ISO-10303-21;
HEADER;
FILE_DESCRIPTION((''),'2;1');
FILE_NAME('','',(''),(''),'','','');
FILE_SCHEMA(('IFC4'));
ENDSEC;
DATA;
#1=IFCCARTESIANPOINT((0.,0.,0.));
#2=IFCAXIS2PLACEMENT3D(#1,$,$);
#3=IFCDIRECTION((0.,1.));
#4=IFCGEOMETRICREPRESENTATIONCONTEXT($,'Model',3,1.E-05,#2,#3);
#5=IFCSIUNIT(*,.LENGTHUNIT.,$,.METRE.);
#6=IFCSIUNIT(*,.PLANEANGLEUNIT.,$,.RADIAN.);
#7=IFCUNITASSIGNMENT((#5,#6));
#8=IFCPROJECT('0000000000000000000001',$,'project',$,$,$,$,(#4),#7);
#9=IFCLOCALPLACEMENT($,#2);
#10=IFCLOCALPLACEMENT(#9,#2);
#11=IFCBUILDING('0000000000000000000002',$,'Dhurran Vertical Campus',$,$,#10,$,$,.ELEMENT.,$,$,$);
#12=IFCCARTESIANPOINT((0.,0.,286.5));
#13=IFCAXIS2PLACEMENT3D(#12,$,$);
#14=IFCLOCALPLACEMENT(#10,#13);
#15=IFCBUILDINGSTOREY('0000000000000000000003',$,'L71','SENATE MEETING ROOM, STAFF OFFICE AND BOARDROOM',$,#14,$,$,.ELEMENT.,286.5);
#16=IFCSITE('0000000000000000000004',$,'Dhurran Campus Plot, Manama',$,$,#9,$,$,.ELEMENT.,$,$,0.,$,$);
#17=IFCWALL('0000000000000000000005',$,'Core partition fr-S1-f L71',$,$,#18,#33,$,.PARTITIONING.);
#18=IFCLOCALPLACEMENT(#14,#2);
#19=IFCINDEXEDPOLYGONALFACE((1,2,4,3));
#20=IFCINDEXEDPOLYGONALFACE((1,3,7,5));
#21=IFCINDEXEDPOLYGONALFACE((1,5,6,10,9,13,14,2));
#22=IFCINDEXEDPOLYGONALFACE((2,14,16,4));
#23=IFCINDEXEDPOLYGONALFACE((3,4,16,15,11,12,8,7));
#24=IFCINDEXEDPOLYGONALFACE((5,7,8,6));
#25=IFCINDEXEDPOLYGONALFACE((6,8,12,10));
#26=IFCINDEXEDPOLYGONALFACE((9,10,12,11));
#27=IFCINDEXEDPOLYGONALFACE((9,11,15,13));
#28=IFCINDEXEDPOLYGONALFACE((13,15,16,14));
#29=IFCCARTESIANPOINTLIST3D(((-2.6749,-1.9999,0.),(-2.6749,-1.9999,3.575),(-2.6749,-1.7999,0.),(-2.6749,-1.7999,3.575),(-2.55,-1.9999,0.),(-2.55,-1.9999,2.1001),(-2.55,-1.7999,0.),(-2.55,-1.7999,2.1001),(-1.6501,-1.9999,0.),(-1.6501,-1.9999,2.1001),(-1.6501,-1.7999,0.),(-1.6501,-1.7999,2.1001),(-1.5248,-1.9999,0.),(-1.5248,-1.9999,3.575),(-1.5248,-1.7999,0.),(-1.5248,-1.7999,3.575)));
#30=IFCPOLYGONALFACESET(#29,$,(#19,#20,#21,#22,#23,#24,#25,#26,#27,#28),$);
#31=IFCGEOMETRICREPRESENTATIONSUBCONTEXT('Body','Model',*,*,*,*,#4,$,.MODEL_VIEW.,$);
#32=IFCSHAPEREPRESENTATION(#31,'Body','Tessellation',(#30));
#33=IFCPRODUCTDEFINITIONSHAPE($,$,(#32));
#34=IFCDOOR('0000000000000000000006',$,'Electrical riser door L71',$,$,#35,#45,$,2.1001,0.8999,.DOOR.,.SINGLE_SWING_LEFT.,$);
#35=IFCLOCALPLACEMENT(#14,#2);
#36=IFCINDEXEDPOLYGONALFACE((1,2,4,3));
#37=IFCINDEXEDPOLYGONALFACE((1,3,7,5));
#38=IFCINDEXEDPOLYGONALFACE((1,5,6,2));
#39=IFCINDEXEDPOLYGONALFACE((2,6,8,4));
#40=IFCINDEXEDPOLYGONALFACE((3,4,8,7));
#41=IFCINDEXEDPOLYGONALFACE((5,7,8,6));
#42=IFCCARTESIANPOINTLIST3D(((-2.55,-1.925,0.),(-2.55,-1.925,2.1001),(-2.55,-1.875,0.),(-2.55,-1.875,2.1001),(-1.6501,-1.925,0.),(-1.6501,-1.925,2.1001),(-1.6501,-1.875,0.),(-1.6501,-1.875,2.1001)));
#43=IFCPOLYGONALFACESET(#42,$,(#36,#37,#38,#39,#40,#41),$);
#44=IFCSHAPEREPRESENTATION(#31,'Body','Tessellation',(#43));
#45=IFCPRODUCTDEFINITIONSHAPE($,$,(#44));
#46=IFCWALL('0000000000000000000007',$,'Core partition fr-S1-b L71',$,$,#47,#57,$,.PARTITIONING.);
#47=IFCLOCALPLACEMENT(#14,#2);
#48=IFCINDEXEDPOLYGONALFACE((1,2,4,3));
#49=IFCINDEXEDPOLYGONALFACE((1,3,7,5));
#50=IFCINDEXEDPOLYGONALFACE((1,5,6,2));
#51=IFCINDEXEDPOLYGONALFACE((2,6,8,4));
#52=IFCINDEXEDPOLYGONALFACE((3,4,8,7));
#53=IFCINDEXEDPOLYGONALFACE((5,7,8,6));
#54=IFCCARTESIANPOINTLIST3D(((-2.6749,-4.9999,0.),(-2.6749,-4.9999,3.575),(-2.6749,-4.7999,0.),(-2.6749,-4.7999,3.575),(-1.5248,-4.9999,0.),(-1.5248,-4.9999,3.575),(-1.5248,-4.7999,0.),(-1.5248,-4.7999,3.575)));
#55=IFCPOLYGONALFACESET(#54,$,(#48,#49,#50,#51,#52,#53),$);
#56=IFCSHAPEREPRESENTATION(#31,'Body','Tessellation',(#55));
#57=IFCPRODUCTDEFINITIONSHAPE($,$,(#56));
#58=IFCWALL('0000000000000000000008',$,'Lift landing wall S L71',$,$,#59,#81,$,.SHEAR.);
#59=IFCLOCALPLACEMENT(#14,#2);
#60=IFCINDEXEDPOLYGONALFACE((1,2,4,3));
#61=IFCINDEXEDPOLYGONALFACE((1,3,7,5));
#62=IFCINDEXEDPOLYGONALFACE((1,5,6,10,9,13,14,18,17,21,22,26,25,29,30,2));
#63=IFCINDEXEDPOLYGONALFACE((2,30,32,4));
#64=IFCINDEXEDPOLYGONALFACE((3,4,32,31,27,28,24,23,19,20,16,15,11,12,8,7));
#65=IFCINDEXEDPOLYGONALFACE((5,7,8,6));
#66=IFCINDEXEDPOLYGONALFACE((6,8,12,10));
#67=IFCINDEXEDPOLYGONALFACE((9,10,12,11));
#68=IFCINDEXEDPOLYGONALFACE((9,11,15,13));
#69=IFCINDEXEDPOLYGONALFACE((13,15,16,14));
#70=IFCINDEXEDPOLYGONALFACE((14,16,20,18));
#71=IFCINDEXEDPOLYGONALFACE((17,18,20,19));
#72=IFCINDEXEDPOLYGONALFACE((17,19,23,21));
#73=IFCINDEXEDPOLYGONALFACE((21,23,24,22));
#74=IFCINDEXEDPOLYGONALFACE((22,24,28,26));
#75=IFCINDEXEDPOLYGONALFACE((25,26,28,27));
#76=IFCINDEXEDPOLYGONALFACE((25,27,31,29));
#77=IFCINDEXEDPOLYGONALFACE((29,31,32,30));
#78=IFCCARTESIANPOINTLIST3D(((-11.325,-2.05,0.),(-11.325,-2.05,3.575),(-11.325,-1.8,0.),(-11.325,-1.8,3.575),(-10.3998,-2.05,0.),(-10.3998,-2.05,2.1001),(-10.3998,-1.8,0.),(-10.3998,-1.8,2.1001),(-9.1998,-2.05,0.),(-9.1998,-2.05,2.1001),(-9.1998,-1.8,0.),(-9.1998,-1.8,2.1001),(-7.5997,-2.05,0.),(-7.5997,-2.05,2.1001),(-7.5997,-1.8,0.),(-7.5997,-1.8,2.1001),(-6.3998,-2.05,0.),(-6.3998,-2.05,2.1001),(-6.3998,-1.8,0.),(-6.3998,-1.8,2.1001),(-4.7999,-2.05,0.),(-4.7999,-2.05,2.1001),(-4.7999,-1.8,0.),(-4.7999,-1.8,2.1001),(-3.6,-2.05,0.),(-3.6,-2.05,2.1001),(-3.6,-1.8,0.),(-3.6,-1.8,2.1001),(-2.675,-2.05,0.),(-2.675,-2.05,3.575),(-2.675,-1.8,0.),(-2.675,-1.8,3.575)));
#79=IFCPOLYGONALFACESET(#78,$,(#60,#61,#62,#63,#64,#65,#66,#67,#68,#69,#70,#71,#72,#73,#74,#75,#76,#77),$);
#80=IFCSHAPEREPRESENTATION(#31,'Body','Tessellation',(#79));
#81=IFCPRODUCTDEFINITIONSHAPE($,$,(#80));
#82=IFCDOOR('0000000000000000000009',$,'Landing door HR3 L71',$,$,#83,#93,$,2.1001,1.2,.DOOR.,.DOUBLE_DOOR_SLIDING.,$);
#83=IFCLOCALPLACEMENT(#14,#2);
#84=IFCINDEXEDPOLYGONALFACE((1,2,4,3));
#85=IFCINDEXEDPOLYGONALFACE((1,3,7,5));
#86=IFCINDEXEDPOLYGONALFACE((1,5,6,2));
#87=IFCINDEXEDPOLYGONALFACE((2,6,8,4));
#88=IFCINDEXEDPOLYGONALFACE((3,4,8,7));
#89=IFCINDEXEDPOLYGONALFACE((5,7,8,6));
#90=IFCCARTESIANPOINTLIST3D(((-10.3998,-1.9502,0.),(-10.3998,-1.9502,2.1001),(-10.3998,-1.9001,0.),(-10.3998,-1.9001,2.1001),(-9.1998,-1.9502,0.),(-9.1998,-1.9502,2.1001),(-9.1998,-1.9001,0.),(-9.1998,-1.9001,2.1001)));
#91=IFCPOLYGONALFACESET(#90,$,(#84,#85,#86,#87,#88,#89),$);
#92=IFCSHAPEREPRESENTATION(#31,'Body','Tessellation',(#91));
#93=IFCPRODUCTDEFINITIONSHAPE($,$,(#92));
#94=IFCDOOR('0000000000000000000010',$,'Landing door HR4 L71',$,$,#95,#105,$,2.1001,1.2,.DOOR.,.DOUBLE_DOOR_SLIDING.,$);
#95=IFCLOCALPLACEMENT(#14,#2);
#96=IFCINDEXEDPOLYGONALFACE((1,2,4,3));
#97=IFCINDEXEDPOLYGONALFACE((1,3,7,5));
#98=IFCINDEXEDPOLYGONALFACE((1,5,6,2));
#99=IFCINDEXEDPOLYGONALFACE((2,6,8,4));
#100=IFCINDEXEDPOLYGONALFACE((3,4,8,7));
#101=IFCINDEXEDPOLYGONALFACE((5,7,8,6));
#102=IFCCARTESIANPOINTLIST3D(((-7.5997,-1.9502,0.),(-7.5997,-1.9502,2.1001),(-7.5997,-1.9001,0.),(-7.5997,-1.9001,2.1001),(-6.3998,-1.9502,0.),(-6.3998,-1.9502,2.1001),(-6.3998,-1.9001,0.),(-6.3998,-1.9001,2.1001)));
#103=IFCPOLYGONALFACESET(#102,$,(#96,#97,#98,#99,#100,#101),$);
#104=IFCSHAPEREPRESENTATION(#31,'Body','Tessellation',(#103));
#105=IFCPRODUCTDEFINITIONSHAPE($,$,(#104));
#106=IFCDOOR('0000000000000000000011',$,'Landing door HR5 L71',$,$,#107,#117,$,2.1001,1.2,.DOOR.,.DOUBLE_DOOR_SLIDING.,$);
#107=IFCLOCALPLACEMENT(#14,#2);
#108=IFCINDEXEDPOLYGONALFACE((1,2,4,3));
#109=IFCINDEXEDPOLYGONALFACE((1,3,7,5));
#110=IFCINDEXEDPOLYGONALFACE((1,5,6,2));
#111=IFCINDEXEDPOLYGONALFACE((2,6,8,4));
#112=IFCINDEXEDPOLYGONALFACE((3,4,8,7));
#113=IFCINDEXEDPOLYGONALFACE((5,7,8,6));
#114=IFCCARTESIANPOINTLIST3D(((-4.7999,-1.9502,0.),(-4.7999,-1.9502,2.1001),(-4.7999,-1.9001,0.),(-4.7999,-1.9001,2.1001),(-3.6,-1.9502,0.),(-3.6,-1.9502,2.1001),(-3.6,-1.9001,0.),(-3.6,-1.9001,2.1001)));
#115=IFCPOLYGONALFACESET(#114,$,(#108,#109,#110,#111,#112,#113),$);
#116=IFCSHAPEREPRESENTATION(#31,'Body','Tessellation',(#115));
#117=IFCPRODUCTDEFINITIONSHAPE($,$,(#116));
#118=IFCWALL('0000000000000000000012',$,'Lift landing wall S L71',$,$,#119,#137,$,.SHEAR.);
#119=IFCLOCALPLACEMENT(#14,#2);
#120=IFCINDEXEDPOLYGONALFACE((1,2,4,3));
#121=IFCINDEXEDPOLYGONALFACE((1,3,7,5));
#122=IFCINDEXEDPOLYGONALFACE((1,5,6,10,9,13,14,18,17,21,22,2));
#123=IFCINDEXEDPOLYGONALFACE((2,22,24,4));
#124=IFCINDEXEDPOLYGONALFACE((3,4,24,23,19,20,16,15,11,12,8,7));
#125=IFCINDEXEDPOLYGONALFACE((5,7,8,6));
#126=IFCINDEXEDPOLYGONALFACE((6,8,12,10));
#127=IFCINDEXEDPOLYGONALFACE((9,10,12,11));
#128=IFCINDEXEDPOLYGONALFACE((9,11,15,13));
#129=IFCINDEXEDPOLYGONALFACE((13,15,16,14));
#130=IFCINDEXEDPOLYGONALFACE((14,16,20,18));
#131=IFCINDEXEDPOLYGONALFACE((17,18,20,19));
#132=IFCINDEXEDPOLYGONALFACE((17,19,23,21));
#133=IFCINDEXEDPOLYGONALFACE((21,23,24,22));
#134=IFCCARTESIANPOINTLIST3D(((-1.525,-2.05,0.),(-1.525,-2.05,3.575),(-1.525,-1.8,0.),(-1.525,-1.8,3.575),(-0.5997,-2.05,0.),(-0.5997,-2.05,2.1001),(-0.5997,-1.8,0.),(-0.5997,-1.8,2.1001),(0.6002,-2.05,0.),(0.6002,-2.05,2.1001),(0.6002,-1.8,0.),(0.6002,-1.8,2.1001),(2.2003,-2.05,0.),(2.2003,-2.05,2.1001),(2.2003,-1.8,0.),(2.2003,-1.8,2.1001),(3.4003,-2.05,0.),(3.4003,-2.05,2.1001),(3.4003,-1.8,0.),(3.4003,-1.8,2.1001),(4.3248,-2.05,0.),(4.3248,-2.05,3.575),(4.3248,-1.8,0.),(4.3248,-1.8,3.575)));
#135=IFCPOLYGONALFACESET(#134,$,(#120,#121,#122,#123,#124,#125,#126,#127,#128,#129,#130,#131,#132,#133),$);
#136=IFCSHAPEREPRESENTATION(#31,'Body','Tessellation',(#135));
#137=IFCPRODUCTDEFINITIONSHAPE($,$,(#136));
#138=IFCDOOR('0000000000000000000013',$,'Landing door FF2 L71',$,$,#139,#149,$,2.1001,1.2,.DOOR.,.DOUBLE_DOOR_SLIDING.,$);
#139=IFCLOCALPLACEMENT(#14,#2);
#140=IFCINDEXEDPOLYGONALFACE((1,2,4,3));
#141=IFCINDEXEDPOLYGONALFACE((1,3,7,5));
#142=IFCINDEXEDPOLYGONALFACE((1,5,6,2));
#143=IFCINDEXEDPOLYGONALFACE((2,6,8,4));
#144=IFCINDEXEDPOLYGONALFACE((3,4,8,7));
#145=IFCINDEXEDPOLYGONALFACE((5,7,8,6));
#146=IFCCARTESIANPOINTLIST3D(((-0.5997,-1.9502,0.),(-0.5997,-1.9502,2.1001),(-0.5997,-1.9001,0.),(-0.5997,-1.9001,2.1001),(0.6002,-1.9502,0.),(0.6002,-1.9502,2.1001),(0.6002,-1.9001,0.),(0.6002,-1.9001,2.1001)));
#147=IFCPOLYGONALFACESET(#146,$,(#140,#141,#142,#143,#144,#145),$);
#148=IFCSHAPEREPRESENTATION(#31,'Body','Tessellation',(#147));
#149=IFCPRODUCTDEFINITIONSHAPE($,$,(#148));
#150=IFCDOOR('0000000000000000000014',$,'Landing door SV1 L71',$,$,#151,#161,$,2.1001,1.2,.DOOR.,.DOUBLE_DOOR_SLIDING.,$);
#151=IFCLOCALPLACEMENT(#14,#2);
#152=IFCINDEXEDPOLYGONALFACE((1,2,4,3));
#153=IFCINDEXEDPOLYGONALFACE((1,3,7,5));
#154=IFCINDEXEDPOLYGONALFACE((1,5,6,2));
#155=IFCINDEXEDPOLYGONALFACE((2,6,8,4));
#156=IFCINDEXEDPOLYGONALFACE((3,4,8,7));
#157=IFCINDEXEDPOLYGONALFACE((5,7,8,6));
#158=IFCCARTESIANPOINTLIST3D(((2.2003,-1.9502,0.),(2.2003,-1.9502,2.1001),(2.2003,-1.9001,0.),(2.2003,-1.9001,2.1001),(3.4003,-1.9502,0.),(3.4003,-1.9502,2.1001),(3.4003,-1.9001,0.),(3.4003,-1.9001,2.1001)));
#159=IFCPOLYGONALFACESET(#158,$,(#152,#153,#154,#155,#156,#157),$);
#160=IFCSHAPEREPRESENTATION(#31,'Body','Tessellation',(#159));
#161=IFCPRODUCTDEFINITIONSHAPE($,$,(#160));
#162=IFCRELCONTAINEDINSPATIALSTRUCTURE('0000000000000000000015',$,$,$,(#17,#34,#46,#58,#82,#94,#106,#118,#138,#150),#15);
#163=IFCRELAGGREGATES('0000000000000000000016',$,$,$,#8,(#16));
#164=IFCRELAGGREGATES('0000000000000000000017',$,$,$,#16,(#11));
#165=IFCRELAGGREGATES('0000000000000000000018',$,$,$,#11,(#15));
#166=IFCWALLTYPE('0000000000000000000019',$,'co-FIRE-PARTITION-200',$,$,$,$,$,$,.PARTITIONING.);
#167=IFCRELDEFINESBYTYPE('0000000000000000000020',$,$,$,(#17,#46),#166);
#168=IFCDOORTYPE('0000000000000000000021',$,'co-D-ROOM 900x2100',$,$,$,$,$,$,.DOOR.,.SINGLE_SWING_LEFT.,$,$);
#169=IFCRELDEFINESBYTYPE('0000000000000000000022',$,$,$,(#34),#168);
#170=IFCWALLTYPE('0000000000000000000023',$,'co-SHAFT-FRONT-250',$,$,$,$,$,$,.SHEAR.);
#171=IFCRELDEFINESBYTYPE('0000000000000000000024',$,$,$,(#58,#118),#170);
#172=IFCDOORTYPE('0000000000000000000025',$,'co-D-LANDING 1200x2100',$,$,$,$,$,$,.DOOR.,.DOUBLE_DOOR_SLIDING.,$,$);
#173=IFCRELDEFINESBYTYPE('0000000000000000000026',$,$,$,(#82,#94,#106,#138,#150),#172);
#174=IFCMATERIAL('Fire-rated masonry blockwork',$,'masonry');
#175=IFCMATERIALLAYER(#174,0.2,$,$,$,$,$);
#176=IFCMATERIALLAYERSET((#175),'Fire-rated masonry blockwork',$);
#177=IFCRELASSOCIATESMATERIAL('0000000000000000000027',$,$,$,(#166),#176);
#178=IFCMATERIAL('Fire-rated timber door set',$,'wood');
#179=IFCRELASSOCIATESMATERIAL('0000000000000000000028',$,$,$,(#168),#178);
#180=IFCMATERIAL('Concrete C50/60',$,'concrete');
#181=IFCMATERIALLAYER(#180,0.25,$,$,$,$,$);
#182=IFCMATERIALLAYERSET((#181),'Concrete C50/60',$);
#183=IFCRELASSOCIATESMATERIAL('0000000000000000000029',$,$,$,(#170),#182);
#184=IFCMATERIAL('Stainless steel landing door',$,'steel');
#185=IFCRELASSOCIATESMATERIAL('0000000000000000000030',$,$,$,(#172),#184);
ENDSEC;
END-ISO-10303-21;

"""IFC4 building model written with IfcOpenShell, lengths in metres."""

from ifc_helpers import new_model, si_unit, direction, frame, frame_2d, origin, place, context, subcontext, project, spatial, rectangle, extrude, material, layer, layer_set, type_object, element, fill, save


model = new_model("IFC4")

# Units and contexts
model_context = context("Model", 3, precision=1e-05, world=origin(), true_north=direction((0.0, 1.0)))
body_context = subcontext(model_context, "Body", "Model", "MODEL_VIEW")
ifc_project = project(units=[si_unit("LENGTHUNIT", "METRE"), si_unit("PLANEANGLEUNIT", "RADIAN")], contexts=[model_context])

# Site, building, storey
site_placement = place(None, origin())
site = spatial("IfcSite", under=ifc_project, at=site_placement, Name="Dhurran Campus Plot, Manama", CompositionType="ELEMENT", RefElevation=0.0)
building_placement = place(site_placement, origin())
building = spatial("IfcBuilding", under=site, at=building_placement, Name="Dhurran Vertical Campus", CompositionType="ELEMENT")
storey_placement = place(building_placement, frame((0.0, 0.0, 286.5)))
storey = spatial("IfcBuildingStorey", under=building, at=storey_placement, Name="L71", Description="SENATE MEETING ROOM, STAFF OFFICE AND BOARDROOM", CompositionType="ELEMENT", Elevation=286.5)

# Shared definitions
ifc_material_1 = material(Name="Fire-rated masonry blockwork", Category="masonry")
ifc_layer_1 = layer(ifc_material_1, 0.2)
ifc_layer_set_1 = layer_set([ifc_layer_1], Name="Fire-rated masonry blockwork")
wall_type_1 = type_object("IfcWallType", Name="co-FIRE-PARTITION-200", PredefinedType="PARTITIONING", material=ifc_layer_set_1)

# Wall, opening, door
wall_1_placement = place(storey_placement, frame((-2.675, -1.8999, 0.0), z_axis=(0.0, 0.0, 1.0), x_axis=(1.0, 0.0, 0.0)))
wall_1 = element("IfcWall", 1, at=wall_1_placement, inside=storey, type_object=wall_type_1, Name="Core partition fr-S1-f L71", PredefinedType="PARTITIONING", context=body_context, shape_type="SweptSolid", body=[
    extrude(rectangle(XDim=1.1501, YDim=0.2, at=frame_2d((0.5752, 0.0))), origin(), (0.0, 0.0, 1.0), 3.575),
])
opening_1_placement = place(wall_1_placement, frame((0.125, 0.0, 0.0)))
opening_1 = element("IfcOpeningElement", 2, at=opening_1_placement, cuts=wall_1, PredefinedType="OPENING", context=body_context, shape_type="SweptSolid", body=[
    extrude(rectangle(XDim=0.8999, YDim=2.1001, at=frame_2d((0.45, 1.05))), frame((0.0, 0.1099, 0.0), z_axis=(0.0, -1.0, 0.0), x_axis=(1.0, 0.0, 0.0)), (0.0, 0.0, 1.0), 0.22),
])
ifc_material_2 = material(Name="Fire-rated timber door set", Category="wood")
door_type_1 = type_object("IfcDoorType", Name="co-D-ROOM 900x2100", OperationType="SINGLE_SWING_LEFT", PredefinedType="DOOR", material=ifc_material_2)
door_1_placement = place(opening_1_placement, origin())
door_1 = element("IfcDoor", 3, at=door_1_placement, inside=storey, type_object=door_type_1, Name="Electrical riser door L71", OperationType="SINGLE_SWING_LEFT", OverallHeight=2.1001, OverallWidth=0.8999, PredefinedType="DOOR", context=body_context, shape_type="SweptSolid", body=[
    extrude(rectangle(XDim=0.8999, YDim=2.1001, at=frame_2d((0.45, 1.05))), frame((0.0, 0.0249, 0.0), z_axis=(0.0, -1.0, 0.0), x_axis=(1.0, 0.0, 0.0)), (0.0, 0.0, 1.0), 0.05),
])
fill(opening_1, door_1)

# Wall
wall_2_placement = place(storey_placement, frame((-2.675, -4.8999, 0.0), z_axis=(0.0, 0.0, 1.0), x_axis=(1.0, 0.0, 0.0)))
element("IfcWall", 4, at=wall_2_placement, inside=storey, type_object=wall_type_1, Name="Core partition fr-S1-b L71", PredefinedType="PARTITIONING", context=body_context, shape_type="SweptSolid", body=[
    extrude(rectangle(XDim=1.1501, YDim=0.2, at=frame_2d((0.5752, 0.0))), origin(), (0.0, 0.0, 1.0), 3.575),
])

# Walls, openings, doors
ifc_material_3 = material(Name="Concrete C50/60", Category="concrete")
ifc_layer_2 = layer(ifc_material_3, 0.25)
ifc_layer_set_2 = layer_set([ifc_layer_2], Name="Concrete C50/60")
wall_type_2 = type_object("IfcWallType", Name="co-SHAFT-FRONT-250", PredefinedType="SHEAR", material=ifc_layer_set_2)
wall_3_placement = place(storey_placement, frame((-11.325, -1.925, 0.0), z_axis=(0.0, 0.0, 1.0), x_axis=(1.0, 0.0, 0.0)))
wall_3 = element("IfcWall", 5, at=wall_3_placement, inside=storey, type_object=wall_type_2, Name="Lift landing wall S L71", PredefinedType="SHEAR", context=body_context, shape_type="SweptSolid", body=[
    extrude(rectangle(XDim=8.6499, YDim=0.25, at=frame_2d((4.325, 0.0))), origin(), (0.0, 0.0, 1.0), 3.575),
])
opening_2_placement = place(wall_3_placement, frame((0.925, 0.0, 0.0)))
opening_2 = element("IfcOpeningElement", 6, at=opening_2_placement, cuts=wall_3, PredefinedType="OPENING", context=body_context, shape_type="SweptSolid", body=[
    extrude(rectangle(XDim=1.2, YDim=2.1001, at=frame_2d((0.6001, 1.05))), frame((0.0, 0.135, 0.0), z_axis=(0.0, -1.0, 0.0), x_axis=(1.0, 0.0, 0.0)), (0.0, 0.0, 1.0), 0.27),
])
opening_3_placement = place(wall_3_placement, frame((3.7251, 0.0, 0.0)))
opening_3 = element("IfcOpeningElement", 7, at=opening_3_placement, cuts=wall_3, PredefinedType="OPENING", context=body_context, shape_type="SweptSolid", body=[
    extrude(rectangle(XDim=1.2, YDim=2.1001, at=frame_2d((0.6001, 1.05))), frame((0.0, 0.135, 0.0), z_axis=(0.0, -1.0, 0.0), x_axis=(1.0, 0.0, 0.0)), (0.0, 0.0, 1.0), 0.27),
])
opening_4_placement = place(wall_3_placement, frame((6.5249, 0.0, 0.0)))
opening_4 = element("IfcOpeningElement", 8, at=opening_4_placement, cuts=wall_3, PredefinedType="OPENING", context=body_context, shape_type="SweptSolid", body=[
    extrude(rectangle(XDim=1.2, YDim=2.1001, at=frame_2d((0.6001, 1.05))), frame((0.0, 0.135, 0.0), z_axis=(0.0, -1.0, 0.0), x_axis=(1.0, 0.0, 0.0)), (0.0, 0.0, 1.0), 0.27),
])
ifc_material_4 = material(Name="Stainless steel landing door", Category="steel")
door_type_2 = type_object("IfcDoorType", Name="co-D-LANDING 1200x2100", OperationType="DOUBLE_DOOR_SLIDING", PredefinedType="DOOR", material=ifc_material_4)
door_2_placement = place(opening_2_placement, origin())
door_2 = element("IfcDoor", 9, at=door_2_placement, inside=storey, type_object=door_type_2, Name="Landing door HR3 L71", OperationType="DOUBLE_DOOR_SLIDING", OverallHeight=2.1001, OverallWidth=1.2, PredefinedType="DOOR", context=body_context, shape_type="SweptSolid", body=[
    extrude(rectangle(XDim=1.2, YDim=2.1001, at=frame_2d((0.6001, 1.05))), frame((0.0, 0.0249, 0.0), z_axis=(0.0, -1.0, 0.0), x_axis=(1.0, 0.0, 0.0)), (0.0, 0.0, 1.0), 0.05),
])
fill(opening_2, door_2)
door_3_placement = place(opening_3_placement, origin())
door_3 = element("IfcDoor", 10, at=door_3_placement, inside=storey, type_object=door_type_2, Name="Landing door HR4 L71", OperationType="DOUBLE_DOOR_SLIDING", OverallHeight=2.1001, OverallWidth=1.2, PredefinedType="DOOR", context=body_context, shape_type="SweptSolid", body=[
    extrude(rectangle(XDim=1.2, YDim=2.1001, at=frame_2d((0.6001, 1.05))), frame((0.0, 0.0249, 0.0), z_axis=(0.0, -1.0, 0.0), x_axis=(1.0, 0.0, 0.0)), (0.0, 0.0, 1.0), 0.05),
])
fill(opening_3, door_3)
door_4_placement = place(opening_4_placement, origin())
door_4 = element("IfcDoor", 11, at=door_4_placement, inside=storey, type_object=door_type_2, Name="Landing door HR5 L71", OperationType="DOUBLE_DOOR_SLIDING", OverallHeight=2.1001, OverallWidth=1.2, PredefinedType="DOOR", context=body_context, shape_type="SweptSolid", body=[
    extrude(rectangle(XDim=1.2, YDim=2.1001, at=frame_2d((0.6001, 1.05))), frame((0.0, 0.0249, 0.0), z_axis=(0.0, -1.0, 0.0), x_axis=(1.0, 0.0, 0.0)), (0.0, 0.0, 1.0), 0.05),
])
fill(opening_4, door_4)
wall_4_placement = place(storey_placement, frame((-1.5249, -1.925, 0.0), z_axis=(0.0, 0.0, 1.0), x_axis=(1.0, 0.0, 0.0)))
wall_4 = element("IfcWall", 12, at=wall_4_placement, inside=storey, type_object=wall_type_2, Name="Lift landing wall S L71", PredefinedType="SHEAR", context=body_context, shape_type="SweptSolid", body=[
    extrude(rectangle(XDim=5.8499, YDim=0.25, at=frame_2d((2.9248, 0.0))), origin(), (0.0, 0.0, 1.0), 3.575),
])
opening_5_placement = place(wall_4_placement, frame((0.925, 0.0, 0.0)))
opening_5 = element("IfcOpeningElement", 13, at=opening_5_placement, cuts=wall_4, PredefinedType="OPENING", context=body_context, shape_type="SweptSolid", body=[
    extrude(rectangle(XDim=1.2, YDim=2.1001, at=frame_2d((0.6001, 1.05))), frame((0.0, 0.135, 0.0), z_axis=(0.0, -1.0, 0.0), x_axis=(1.0, 0.0, 0.0)), (0.0, 0.0, 1.0), 0.27),
])
opening_6_placement = place(wall_4_placement, frame((3.7251, 0.0, 0.0)))
opening_6 = element("IfcOpeningElement", 14, at=opening_6_placement, cuts=wall_4, PredefinedType="OPENING", context=body_context, shape_type="SweptSolid", body=[
    extrude(rectangle(XDim=1.2, YDim=2.1001, at=frame_2d((0.6001, 1.05))), frame((0.0, 0.135, 0.0), z_axis=(0.0, -1.0, 0.0), x_axis=(1.0, 0.0, 0.0)), (0.0, 0.0, 1.0), 0.27),
])
door_5_placement = place(opening_5_placement, origin())
door_5 = element("IfcDoor", 15, at=door_5_placement, inside=storey, type_object=door_type_2, Name="Landing door FF2 L71", OperationType="DOUBLE_DOOR_SLIDING", OverallHeight=2.1001, OverallWidth=1.2, PredefinedType="DOOR", context=body_context, shape_type="SweptSolid", body=[
    extrude(rectangle(XDim=1.2, YDim=2.1001, at=frame_2d((0.6001, 1.05))), frame((0.0, 0.0249, 0.0), z_axis=(0.0, -1.0, 0.0), x_axis=(1.0, 0.0, 0.0)), (0.0, 0.0, 1.0), 0.05),
])
fill(opening_5, door_5)
door_6_placement = place(opening_6_placement, origin())
door_6 = element("IfcDoor", 16, at=door_6_placement, inside=storey, type_object=door_type_2, Name="Landing door SV1 L71", OperationType="DOUBLE_DOOR_SLIDING", OverallHeight=2.1001, OverallWidth=1.2, PredefinedType="DOOR", context=body_context, shape_type="SweptSolid", body=[
    extrude(rectangle(XDim=1.2, YDim=2.1001, at=frame_2d((0.6001, 1.05))), frame((0.0, 0.0249, 0.0), z_axis=(0.0, -1.0, 0.0), x_axis=(1.0, 0.0, 0.0)), (0.0, 0.0, 1.0), 0.05),
])
fill(opening_6, door_6)

save(model, "model.ifc")
